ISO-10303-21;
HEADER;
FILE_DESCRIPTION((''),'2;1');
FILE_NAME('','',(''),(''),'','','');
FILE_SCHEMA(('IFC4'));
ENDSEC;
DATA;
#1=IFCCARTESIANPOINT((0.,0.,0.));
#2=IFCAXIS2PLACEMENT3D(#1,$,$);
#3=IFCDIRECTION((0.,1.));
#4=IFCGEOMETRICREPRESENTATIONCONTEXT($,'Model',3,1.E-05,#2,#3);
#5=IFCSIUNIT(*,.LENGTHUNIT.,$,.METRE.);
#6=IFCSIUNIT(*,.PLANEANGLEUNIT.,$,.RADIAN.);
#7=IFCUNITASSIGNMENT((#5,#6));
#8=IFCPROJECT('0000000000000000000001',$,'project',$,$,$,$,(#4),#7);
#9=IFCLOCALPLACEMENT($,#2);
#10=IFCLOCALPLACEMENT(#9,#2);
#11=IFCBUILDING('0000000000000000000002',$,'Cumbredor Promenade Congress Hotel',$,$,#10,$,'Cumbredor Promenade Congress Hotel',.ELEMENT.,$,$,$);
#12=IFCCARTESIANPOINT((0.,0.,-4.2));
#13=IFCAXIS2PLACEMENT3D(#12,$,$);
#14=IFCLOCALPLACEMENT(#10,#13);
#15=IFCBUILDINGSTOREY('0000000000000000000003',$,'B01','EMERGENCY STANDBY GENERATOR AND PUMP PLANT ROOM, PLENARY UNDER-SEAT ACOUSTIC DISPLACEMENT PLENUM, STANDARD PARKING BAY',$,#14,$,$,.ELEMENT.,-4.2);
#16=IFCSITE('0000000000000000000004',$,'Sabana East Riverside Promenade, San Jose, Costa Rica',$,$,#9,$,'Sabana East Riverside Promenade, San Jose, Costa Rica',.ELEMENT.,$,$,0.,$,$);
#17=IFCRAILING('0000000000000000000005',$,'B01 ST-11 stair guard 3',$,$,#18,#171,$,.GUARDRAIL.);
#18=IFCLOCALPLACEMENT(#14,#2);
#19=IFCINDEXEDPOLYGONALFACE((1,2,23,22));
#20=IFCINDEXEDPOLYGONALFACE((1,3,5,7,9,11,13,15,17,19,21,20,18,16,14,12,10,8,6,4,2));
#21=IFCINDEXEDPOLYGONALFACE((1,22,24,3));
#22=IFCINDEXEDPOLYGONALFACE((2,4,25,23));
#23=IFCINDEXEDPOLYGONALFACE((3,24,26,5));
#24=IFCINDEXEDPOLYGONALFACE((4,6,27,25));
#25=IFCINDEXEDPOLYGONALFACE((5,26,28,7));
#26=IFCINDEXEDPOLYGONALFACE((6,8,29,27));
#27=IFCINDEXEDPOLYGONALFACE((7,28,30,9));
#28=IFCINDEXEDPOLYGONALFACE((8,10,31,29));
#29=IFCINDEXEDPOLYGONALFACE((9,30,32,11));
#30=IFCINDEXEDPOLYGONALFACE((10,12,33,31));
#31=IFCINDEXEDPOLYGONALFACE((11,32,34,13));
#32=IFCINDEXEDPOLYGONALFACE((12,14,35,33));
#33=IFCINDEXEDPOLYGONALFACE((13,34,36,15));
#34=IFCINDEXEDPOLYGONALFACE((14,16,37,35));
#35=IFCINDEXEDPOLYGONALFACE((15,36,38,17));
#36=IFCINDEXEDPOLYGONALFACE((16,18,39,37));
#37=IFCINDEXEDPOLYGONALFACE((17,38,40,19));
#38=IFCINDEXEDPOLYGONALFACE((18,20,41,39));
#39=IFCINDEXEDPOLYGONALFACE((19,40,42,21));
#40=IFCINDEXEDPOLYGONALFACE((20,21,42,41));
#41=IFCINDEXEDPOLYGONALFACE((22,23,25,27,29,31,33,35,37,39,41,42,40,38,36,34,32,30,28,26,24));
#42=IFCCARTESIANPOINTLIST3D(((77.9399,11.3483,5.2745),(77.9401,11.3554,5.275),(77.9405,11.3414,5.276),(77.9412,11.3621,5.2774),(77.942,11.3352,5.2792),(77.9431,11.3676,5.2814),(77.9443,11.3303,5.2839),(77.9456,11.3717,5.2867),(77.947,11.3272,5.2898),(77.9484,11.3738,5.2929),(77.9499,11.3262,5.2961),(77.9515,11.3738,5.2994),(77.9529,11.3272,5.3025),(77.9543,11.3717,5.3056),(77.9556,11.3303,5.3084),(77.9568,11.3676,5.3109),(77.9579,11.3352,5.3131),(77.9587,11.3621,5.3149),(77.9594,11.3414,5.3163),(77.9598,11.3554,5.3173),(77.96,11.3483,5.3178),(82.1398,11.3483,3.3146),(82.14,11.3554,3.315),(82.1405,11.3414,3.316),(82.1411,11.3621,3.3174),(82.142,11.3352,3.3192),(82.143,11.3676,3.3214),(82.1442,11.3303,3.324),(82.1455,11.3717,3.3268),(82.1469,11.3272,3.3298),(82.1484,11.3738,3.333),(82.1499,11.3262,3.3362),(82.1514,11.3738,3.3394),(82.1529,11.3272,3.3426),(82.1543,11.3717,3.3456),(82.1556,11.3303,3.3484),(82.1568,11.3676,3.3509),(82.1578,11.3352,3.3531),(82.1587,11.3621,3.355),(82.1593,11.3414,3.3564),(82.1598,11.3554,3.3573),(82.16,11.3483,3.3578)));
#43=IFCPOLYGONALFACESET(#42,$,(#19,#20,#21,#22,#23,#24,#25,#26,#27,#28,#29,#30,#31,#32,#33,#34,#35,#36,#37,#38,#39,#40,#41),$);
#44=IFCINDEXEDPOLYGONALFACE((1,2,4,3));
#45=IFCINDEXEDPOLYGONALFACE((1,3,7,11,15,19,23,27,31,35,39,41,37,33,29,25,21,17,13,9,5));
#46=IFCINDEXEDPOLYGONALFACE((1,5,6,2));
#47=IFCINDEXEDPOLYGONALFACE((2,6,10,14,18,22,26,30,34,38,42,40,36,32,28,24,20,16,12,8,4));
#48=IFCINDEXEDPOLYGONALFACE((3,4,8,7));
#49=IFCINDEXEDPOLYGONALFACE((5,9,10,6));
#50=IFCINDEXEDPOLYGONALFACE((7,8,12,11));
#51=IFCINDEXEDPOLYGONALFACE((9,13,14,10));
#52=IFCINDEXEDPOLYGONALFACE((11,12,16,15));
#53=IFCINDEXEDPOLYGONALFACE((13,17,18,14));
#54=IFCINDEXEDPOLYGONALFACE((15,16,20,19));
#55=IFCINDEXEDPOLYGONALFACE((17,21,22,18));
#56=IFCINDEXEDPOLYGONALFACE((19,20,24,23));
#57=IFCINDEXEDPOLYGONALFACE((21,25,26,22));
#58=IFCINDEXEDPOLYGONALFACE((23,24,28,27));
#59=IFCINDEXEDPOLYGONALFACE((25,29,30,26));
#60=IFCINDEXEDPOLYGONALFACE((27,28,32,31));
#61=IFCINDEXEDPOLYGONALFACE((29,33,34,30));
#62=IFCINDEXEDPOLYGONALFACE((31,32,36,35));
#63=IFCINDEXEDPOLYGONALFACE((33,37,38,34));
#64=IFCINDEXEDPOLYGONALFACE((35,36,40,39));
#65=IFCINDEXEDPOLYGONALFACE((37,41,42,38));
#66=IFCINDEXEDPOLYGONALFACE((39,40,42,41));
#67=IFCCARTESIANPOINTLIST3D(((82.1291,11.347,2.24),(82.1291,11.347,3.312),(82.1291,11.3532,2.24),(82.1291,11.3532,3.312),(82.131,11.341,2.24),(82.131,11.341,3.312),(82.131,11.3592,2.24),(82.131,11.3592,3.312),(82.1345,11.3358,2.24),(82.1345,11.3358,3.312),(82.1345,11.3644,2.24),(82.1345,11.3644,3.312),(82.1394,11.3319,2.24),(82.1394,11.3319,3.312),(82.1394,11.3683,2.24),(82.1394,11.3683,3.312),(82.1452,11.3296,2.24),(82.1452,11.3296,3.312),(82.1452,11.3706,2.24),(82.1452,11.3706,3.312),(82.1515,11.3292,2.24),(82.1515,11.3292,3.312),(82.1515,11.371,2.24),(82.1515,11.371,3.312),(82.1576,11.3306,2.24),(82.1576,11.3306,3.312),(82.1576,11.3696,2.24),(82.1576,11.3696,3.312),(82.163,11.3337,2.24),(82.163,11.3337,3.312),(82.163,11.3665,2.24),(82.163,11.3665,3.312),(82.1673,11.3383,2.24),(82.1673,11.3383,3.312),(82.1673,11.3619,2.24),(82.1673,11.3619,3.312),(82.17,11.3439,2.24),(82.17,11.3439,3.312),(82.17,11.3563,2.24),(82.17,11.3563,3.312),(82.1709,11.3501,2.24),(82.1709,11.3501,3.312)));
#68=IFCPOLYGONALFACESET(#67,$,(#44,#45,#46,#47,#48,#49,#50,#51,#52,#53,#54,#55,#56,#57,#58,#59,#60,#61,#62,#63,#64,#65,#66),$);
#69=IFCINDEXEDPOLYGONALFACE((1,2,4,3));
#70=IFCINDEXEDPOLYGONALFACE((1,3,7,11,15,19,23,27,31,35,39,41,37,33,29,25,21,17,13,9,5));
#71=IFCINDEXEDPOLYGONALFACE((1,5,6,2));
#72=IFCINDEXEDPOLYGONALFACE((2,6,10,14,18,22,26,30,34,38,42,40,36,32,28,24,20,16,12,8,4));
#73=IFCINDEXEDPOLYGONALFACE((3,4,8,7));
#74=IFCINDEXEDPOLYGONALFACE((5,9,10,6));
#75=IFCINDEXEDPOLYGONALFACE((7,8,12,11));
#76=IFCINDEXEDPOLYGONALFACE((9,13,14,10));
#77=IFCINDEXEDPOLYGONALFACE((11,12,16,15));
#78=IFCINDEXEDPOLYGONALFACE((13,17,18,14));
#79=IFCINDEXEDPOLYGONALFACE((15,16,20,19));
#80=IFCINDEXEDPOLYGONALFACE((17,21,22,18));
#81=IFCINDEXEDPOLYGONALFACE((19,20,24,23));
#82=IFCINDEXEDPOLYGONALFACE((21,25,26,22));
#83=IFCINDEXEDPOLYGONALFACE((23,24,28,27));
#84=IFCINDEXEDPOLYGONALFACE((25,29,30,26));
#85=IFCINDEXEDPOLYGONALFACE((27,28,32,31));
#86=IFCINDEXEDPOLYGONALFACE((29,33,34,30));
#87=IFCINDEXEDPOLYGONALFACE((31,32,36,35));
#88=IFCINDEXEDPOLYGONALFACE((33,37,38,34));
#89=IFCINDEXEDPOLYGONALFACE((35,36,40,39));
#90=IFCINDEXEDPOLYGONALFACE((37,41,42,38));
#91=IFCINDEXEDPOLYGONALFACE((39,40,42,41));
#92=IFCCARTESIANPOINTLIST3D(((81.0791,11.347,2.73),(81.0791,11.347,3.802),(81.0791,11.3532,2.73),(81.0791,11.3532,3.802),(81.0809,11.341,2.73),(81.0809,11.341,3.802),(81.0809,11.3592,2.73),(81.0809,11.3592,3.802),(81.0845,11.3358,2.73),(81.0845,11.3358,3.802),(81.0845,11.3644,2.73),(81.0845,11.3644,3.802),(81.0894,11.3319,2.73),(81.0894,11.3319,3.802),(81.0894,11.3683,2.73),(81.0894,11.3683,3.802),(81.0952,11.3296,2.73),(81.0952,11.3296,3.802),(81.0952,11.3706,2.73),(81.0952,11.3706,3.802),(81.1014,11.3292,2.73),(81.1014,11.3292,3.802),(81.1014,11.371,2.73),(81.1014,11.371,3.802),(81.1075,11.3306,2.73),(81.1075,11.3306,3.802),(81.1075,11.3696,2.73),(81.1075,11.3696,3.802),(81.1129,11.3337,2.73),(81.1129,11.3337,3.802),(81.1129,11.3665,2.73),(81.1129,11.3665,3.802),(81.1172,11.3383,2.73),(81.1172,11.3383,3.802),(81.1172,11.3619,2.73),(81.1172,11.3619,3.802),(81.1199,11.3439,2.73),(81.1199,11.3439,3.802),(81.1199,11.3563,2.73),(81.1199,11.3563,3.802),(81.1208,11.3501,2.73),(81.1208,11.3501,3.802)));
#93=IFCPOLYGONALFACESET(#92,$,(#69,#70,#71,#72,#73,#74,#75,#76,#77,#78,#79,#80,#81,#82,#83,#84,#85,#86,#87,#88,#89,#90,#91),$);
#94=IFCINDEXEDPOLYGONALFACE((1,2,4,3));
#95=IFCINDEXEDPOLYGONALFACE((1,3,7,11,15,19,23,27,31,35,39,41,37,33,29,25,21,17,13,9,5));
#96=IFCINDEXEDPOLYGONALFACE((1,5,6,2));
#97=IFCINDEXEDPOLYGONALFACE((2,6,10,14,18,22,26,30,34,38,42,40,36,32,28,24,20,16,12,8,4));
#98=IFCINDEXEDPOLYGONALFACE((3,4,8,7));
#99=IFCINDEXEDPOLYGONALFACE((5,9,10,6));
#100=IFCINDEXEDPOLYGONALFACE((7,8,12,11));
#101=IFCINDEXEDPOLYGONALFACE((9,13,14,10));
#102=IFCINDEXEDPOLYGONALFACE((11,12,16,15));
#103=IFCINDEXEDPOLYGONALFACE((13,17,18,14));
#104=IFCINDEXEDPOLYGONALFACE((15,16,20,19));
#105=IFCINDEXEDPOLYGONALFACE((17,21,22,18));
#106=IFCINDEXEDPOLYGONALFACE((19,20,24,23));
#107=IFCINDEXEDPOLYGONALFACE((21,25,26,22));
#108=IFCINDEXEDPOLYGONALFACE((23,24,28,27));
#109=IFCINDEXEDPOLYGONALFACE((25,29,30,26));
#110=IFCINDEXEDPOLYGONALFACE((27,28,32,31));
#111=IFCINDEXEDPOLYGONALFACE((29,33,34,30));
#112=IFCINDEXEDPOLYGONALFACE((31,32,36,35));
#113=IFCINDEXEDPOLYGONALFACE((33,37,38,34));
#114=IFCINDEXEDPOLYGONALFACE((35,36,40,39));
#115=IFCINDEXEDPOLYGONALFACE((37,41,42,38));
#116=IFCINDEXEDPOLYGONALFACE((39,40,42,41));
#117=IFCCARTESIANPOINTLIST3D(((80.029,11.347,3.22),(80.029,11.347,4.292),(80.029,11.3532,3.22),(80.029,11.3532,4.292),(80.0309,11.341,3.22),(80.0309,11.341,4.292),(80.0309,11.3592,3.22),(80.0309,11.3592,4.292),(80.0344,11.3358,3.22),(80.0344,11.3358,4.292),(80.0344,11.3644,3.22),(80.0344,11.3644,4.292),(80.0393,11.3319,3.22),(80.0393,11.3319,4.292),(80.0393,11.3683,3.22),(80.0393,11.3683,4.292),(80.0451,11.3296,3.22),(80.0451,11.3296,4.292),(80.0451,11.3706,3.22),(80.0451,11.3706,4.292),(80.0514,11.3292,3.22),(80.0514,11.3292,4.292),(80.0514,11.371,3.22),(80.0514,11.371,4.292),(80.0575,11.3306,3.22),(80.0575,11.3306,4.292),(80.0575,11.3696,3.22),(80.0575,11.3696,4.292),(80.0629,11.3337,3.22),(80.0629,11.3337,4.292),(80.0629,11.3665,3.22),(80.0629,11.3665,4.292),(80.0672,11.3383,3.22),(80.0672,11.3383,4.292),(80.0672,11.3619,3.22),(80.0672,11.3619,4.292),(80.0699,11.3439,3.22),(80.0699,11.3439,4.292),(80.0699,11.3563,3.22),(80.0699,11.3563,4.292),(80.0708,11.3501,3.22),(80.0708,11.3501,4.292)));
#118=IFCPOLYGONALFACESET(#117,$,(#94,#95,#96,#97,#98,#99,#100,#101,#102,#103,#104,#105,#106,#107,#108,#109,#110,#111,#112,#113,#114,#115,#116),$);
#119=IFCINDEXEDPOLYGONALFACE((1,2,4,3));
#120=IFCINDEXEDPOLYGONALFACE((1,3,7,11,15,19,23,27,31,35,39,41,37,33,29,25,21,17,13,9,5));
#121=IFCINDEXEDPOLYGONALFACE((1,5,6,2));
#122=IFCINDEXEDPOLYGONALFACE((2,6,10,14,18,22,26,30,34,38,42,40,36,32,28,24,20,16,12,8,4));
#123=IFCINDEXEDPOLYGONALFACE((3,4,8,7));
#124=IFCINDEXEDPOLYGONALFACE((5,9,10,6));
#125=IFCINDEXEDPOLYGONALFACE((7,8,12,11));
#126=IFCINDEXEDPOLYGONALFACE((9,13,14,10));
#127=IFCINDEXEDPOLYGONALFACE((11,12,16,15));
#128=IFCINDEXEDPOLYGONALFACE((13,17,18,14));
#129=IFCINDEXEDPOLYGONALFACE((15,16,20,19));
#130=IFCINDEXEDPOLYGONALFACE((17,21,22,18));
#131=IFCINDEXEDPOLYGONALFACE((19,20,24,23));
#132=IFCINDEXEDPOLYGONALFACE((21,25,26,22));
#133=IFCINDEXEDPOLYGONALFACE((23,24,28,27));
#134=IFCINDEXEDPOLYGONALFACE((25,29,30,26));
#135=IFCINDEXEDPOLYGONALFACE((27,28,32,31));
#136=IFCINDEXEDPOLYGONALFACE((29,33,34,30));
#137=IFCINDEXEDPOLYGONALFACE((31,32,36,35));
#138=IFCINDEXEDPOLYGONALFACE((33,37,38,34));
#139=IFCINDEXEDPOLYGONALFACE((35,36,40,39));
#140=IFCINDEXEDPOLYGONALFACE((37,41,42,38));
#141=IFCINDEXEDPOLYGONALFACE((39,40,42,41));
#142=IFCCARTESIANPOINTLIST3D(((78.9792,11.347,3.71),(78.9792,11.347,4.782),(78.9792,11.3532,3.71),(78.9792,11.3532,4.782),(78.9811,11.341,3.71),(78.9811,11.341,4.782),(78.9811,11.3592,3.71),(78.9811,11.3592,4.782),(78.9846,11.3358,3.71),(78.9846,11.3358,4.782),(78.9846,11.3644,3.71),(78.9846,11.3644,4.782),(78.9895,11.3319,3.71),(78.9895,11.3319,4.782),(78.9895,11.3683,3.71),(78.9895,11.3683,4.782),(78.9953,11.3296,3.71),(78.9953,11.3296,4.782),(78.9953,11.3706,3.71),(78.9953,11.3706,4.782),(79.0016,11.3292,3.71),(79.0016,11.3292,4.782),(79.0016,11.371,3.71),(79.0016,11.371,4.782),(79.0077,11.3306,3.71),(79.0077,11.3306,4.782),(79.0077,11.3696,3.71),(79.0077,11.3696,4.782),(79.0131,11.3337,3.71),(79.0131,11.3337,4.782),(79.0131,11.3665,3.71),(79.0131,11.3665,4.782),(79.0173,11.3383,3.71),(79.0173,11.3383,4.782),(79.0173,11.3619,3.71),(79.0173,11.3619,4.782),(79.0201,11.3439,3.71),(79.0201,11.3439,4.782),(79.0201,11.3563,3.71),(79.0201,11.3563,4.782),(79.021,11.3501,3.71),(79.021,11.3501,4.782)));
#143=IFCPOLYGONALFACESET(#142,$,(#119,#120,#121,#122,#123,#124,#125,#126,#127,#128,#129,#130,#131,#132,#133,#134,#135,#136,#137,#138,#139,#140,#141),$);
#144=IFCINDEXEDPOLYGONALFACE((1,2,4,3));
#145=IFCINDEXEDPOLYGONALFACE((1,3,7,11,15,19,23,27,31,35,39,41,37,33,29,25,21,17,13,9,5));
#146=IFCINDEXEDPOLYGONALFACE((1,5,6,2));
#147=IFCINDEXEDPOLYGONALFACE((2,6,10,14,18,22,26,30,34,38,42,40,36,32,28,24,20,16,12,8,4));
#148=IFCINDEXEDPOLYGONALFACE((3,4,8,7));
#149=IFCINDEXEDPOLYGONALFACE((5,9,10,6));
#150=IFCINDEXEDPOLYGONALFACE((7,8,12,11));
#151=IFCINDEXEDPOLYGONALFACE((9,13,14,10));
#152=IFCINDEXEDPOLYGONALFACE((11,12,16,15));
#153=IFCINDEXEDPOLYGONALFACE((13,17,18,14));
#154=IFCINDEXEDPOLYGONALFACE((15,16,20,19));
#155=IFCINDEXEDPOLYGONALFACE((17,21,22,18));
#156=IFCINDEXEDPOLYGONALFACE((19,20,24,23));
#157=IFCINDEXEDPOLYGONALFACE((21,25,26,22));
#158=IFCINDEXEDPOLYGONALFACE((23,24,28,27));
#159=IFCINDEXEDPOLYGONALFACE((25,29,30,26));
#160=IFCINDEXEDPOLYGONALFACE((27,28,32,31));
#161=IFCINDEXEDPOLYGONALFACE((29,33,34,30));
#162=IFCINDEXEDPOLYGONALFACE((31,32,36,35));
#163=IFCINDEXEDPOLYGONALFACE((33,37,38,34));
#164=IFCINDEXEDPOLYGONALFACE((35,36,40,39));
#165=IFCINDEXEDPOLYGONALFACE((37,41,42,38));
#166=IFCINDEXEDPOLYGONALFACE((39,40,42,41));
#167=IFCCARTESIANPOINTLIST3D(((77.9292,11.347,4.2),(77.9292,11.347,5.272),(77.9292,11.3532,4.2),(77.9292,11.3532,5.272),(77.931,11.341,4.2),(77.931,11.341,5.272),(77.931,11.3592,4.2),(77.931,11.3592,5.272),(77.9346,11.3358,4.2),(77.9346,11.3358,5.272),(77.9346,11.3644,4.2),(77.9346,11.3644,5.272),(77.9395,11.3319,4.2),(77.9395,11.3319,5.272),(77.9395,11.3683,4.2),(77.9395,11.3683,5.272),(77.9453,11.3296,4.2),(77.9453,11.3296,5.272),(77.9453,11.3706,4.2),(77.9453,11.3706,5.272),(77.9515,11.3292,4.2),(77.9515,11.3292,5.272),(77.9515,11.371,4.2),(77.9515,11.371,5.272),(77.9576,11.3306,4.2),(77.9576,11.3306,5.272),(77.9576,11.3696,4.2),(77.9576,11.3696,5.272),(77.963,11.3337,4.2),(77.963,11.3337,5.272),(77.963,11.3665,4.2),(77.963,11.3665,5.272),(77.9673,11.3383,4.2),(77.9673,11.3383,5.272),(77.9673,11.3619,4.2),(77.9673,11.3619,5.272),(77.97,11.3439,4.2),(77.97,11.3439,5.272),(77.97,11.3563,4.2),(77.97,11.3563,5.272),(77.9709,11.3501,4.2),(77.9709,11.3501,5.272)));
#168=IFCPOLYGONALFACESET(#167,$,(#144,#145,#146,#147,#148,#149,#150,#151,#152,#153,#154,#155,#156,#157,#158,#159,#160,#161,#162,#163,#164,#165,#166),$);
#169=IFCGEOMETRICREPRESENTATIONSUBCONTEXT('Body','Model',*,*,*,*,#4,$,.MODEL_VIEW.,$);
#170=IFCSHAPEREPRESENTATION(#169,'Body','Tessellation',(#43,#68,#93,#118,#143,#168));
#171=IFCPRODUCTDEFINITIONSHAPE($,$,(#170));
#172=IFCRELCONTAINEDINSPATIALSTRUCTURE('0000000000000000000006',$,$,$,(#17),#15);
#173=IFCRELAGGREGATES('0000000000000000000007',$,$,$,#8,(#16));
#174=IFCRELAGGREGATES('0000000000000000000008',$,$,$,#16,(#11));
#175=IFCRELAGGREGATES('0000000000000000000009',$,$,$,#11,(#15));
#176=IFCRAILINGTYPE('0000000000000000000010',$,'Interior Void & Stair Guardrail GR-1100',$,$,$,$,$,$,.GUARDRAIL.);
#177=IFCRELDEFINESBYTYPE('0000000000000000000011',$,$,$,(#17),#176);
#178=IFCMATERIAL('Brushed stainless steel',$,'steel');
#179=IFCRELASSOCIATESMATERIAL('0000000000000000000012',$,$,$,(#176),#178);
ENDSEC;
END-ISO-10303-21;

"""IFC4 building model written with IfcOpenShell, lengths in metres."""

from ifc_helpers import new_model, si_unit, direction, frame, origin, origin_2d, place, context, subcontext, project, spatial, circle, extrude, material, type_object, element, save


model = new_model("IFC4")

# Units and contexts
model_context = context("Model", 3, precision=1e-05, world=origin(), true_north=direction((0.0, 1.0)))
body_context = subcontext(model_context, "Body", "Model", "MODEL_VIEW")
ifc_project = project(units=[si_unit("LENGTHUNIT", "METRE"), si_unit("PLANEANGLEUNIT", "RADIAN")], contexts=[model_context])

# Site, building, storey
site_placement = place(None, origin())
site = spatial("IfcSite", under=ifc_project, at=site_placement, Name="Sabana East Riverside Promenade, San Jose, Costa Rica", LongName="Sabana East Riverside Promenade, San Jose, Costa Rica", CompositionType="ELEMENT", RefElevation=0.0)
building_placement = place(site_placement, origin())
building = spatial("IfcBuilding", under=site, at=building_placement, Name="Cumbredor Promenade Congress Hotel", LongName="Cumbredor Promenade Congress Hotel", CompositionType="ELEMENT")
storey_placement = place(building_placement, frame((0.0, 0.0, -4.2)))
storey = spatial("IfcBuildingStorey", under=building, at=storey_placement, Name="B01", Description="EMERGENCY STANDBY GENERATOR AND PUMP PLANT ROOM, PLENARY UNDER-SEAT ACOUSTIC DISPLACEMENT PLENUM, STANDARD PARKING BAY", CompositionType="ELEMENT", Elevation=-4.2)

# Shared definitions
ifc_material_1 = material(Name="Brushed stainless steel", Category="steel")

# Railing
railing_type_1 = type_object("IfcRailingType", Name="Interior Void & Stair Guardrail GR-1100", PredefinedType="GUARDRAIL", material=ifc_material_1)
railing_1_placement = place(storey_placement, frame((82.1499, 11.3501, 2.24)))
element("IfcRailing", 1, at=railing_1_placement, inside=storey, type_object=railing_type_1, Name="B01 ST-11 stair guard 3", PredefinedType="GUARDRAIL", context=body_context, shape_type="SweptSolid", body=[
    extrude(circle(Radius=0.0239, at=origin_2d()), frame((0.0, 0.0, 1.0962), z_axis=(-0.906184, 0.0, 0.422883), x_axis=(0.0, -1.0, 0.0)), (0.0, 0.0, 1.0), 4.6348),
    extrude(circle(Radius=0.021, at=origin_2d()), origin(), (0.0, 0.0, 1.0), 1.072),
    extrude(circle(Radius=0.021, at=origin_2d()), frame((-1.05, 0.0, 0.49)), (0.0, 0.0, 1.0), 1.072),
    extrude(circle(Radius=0.021, at=origin_2d()), frame((-2.1001, 0.0, 0.98)), (0.0, 0.0, 1.0), 1.072),
    extrude(circle(Radius=0.021, at=origin_2d()), frame((-3.1499, 0.0, 1.47)), (0.0, 0.0, 1.0), 1.072),
    extrude(circle(Radius=0.021, at=origin_2d()), frame((-4.2, 0.0, 1.96)), (0.0, 0.0, 1.0), 1.072),
])

save(model, "model.ifc")
